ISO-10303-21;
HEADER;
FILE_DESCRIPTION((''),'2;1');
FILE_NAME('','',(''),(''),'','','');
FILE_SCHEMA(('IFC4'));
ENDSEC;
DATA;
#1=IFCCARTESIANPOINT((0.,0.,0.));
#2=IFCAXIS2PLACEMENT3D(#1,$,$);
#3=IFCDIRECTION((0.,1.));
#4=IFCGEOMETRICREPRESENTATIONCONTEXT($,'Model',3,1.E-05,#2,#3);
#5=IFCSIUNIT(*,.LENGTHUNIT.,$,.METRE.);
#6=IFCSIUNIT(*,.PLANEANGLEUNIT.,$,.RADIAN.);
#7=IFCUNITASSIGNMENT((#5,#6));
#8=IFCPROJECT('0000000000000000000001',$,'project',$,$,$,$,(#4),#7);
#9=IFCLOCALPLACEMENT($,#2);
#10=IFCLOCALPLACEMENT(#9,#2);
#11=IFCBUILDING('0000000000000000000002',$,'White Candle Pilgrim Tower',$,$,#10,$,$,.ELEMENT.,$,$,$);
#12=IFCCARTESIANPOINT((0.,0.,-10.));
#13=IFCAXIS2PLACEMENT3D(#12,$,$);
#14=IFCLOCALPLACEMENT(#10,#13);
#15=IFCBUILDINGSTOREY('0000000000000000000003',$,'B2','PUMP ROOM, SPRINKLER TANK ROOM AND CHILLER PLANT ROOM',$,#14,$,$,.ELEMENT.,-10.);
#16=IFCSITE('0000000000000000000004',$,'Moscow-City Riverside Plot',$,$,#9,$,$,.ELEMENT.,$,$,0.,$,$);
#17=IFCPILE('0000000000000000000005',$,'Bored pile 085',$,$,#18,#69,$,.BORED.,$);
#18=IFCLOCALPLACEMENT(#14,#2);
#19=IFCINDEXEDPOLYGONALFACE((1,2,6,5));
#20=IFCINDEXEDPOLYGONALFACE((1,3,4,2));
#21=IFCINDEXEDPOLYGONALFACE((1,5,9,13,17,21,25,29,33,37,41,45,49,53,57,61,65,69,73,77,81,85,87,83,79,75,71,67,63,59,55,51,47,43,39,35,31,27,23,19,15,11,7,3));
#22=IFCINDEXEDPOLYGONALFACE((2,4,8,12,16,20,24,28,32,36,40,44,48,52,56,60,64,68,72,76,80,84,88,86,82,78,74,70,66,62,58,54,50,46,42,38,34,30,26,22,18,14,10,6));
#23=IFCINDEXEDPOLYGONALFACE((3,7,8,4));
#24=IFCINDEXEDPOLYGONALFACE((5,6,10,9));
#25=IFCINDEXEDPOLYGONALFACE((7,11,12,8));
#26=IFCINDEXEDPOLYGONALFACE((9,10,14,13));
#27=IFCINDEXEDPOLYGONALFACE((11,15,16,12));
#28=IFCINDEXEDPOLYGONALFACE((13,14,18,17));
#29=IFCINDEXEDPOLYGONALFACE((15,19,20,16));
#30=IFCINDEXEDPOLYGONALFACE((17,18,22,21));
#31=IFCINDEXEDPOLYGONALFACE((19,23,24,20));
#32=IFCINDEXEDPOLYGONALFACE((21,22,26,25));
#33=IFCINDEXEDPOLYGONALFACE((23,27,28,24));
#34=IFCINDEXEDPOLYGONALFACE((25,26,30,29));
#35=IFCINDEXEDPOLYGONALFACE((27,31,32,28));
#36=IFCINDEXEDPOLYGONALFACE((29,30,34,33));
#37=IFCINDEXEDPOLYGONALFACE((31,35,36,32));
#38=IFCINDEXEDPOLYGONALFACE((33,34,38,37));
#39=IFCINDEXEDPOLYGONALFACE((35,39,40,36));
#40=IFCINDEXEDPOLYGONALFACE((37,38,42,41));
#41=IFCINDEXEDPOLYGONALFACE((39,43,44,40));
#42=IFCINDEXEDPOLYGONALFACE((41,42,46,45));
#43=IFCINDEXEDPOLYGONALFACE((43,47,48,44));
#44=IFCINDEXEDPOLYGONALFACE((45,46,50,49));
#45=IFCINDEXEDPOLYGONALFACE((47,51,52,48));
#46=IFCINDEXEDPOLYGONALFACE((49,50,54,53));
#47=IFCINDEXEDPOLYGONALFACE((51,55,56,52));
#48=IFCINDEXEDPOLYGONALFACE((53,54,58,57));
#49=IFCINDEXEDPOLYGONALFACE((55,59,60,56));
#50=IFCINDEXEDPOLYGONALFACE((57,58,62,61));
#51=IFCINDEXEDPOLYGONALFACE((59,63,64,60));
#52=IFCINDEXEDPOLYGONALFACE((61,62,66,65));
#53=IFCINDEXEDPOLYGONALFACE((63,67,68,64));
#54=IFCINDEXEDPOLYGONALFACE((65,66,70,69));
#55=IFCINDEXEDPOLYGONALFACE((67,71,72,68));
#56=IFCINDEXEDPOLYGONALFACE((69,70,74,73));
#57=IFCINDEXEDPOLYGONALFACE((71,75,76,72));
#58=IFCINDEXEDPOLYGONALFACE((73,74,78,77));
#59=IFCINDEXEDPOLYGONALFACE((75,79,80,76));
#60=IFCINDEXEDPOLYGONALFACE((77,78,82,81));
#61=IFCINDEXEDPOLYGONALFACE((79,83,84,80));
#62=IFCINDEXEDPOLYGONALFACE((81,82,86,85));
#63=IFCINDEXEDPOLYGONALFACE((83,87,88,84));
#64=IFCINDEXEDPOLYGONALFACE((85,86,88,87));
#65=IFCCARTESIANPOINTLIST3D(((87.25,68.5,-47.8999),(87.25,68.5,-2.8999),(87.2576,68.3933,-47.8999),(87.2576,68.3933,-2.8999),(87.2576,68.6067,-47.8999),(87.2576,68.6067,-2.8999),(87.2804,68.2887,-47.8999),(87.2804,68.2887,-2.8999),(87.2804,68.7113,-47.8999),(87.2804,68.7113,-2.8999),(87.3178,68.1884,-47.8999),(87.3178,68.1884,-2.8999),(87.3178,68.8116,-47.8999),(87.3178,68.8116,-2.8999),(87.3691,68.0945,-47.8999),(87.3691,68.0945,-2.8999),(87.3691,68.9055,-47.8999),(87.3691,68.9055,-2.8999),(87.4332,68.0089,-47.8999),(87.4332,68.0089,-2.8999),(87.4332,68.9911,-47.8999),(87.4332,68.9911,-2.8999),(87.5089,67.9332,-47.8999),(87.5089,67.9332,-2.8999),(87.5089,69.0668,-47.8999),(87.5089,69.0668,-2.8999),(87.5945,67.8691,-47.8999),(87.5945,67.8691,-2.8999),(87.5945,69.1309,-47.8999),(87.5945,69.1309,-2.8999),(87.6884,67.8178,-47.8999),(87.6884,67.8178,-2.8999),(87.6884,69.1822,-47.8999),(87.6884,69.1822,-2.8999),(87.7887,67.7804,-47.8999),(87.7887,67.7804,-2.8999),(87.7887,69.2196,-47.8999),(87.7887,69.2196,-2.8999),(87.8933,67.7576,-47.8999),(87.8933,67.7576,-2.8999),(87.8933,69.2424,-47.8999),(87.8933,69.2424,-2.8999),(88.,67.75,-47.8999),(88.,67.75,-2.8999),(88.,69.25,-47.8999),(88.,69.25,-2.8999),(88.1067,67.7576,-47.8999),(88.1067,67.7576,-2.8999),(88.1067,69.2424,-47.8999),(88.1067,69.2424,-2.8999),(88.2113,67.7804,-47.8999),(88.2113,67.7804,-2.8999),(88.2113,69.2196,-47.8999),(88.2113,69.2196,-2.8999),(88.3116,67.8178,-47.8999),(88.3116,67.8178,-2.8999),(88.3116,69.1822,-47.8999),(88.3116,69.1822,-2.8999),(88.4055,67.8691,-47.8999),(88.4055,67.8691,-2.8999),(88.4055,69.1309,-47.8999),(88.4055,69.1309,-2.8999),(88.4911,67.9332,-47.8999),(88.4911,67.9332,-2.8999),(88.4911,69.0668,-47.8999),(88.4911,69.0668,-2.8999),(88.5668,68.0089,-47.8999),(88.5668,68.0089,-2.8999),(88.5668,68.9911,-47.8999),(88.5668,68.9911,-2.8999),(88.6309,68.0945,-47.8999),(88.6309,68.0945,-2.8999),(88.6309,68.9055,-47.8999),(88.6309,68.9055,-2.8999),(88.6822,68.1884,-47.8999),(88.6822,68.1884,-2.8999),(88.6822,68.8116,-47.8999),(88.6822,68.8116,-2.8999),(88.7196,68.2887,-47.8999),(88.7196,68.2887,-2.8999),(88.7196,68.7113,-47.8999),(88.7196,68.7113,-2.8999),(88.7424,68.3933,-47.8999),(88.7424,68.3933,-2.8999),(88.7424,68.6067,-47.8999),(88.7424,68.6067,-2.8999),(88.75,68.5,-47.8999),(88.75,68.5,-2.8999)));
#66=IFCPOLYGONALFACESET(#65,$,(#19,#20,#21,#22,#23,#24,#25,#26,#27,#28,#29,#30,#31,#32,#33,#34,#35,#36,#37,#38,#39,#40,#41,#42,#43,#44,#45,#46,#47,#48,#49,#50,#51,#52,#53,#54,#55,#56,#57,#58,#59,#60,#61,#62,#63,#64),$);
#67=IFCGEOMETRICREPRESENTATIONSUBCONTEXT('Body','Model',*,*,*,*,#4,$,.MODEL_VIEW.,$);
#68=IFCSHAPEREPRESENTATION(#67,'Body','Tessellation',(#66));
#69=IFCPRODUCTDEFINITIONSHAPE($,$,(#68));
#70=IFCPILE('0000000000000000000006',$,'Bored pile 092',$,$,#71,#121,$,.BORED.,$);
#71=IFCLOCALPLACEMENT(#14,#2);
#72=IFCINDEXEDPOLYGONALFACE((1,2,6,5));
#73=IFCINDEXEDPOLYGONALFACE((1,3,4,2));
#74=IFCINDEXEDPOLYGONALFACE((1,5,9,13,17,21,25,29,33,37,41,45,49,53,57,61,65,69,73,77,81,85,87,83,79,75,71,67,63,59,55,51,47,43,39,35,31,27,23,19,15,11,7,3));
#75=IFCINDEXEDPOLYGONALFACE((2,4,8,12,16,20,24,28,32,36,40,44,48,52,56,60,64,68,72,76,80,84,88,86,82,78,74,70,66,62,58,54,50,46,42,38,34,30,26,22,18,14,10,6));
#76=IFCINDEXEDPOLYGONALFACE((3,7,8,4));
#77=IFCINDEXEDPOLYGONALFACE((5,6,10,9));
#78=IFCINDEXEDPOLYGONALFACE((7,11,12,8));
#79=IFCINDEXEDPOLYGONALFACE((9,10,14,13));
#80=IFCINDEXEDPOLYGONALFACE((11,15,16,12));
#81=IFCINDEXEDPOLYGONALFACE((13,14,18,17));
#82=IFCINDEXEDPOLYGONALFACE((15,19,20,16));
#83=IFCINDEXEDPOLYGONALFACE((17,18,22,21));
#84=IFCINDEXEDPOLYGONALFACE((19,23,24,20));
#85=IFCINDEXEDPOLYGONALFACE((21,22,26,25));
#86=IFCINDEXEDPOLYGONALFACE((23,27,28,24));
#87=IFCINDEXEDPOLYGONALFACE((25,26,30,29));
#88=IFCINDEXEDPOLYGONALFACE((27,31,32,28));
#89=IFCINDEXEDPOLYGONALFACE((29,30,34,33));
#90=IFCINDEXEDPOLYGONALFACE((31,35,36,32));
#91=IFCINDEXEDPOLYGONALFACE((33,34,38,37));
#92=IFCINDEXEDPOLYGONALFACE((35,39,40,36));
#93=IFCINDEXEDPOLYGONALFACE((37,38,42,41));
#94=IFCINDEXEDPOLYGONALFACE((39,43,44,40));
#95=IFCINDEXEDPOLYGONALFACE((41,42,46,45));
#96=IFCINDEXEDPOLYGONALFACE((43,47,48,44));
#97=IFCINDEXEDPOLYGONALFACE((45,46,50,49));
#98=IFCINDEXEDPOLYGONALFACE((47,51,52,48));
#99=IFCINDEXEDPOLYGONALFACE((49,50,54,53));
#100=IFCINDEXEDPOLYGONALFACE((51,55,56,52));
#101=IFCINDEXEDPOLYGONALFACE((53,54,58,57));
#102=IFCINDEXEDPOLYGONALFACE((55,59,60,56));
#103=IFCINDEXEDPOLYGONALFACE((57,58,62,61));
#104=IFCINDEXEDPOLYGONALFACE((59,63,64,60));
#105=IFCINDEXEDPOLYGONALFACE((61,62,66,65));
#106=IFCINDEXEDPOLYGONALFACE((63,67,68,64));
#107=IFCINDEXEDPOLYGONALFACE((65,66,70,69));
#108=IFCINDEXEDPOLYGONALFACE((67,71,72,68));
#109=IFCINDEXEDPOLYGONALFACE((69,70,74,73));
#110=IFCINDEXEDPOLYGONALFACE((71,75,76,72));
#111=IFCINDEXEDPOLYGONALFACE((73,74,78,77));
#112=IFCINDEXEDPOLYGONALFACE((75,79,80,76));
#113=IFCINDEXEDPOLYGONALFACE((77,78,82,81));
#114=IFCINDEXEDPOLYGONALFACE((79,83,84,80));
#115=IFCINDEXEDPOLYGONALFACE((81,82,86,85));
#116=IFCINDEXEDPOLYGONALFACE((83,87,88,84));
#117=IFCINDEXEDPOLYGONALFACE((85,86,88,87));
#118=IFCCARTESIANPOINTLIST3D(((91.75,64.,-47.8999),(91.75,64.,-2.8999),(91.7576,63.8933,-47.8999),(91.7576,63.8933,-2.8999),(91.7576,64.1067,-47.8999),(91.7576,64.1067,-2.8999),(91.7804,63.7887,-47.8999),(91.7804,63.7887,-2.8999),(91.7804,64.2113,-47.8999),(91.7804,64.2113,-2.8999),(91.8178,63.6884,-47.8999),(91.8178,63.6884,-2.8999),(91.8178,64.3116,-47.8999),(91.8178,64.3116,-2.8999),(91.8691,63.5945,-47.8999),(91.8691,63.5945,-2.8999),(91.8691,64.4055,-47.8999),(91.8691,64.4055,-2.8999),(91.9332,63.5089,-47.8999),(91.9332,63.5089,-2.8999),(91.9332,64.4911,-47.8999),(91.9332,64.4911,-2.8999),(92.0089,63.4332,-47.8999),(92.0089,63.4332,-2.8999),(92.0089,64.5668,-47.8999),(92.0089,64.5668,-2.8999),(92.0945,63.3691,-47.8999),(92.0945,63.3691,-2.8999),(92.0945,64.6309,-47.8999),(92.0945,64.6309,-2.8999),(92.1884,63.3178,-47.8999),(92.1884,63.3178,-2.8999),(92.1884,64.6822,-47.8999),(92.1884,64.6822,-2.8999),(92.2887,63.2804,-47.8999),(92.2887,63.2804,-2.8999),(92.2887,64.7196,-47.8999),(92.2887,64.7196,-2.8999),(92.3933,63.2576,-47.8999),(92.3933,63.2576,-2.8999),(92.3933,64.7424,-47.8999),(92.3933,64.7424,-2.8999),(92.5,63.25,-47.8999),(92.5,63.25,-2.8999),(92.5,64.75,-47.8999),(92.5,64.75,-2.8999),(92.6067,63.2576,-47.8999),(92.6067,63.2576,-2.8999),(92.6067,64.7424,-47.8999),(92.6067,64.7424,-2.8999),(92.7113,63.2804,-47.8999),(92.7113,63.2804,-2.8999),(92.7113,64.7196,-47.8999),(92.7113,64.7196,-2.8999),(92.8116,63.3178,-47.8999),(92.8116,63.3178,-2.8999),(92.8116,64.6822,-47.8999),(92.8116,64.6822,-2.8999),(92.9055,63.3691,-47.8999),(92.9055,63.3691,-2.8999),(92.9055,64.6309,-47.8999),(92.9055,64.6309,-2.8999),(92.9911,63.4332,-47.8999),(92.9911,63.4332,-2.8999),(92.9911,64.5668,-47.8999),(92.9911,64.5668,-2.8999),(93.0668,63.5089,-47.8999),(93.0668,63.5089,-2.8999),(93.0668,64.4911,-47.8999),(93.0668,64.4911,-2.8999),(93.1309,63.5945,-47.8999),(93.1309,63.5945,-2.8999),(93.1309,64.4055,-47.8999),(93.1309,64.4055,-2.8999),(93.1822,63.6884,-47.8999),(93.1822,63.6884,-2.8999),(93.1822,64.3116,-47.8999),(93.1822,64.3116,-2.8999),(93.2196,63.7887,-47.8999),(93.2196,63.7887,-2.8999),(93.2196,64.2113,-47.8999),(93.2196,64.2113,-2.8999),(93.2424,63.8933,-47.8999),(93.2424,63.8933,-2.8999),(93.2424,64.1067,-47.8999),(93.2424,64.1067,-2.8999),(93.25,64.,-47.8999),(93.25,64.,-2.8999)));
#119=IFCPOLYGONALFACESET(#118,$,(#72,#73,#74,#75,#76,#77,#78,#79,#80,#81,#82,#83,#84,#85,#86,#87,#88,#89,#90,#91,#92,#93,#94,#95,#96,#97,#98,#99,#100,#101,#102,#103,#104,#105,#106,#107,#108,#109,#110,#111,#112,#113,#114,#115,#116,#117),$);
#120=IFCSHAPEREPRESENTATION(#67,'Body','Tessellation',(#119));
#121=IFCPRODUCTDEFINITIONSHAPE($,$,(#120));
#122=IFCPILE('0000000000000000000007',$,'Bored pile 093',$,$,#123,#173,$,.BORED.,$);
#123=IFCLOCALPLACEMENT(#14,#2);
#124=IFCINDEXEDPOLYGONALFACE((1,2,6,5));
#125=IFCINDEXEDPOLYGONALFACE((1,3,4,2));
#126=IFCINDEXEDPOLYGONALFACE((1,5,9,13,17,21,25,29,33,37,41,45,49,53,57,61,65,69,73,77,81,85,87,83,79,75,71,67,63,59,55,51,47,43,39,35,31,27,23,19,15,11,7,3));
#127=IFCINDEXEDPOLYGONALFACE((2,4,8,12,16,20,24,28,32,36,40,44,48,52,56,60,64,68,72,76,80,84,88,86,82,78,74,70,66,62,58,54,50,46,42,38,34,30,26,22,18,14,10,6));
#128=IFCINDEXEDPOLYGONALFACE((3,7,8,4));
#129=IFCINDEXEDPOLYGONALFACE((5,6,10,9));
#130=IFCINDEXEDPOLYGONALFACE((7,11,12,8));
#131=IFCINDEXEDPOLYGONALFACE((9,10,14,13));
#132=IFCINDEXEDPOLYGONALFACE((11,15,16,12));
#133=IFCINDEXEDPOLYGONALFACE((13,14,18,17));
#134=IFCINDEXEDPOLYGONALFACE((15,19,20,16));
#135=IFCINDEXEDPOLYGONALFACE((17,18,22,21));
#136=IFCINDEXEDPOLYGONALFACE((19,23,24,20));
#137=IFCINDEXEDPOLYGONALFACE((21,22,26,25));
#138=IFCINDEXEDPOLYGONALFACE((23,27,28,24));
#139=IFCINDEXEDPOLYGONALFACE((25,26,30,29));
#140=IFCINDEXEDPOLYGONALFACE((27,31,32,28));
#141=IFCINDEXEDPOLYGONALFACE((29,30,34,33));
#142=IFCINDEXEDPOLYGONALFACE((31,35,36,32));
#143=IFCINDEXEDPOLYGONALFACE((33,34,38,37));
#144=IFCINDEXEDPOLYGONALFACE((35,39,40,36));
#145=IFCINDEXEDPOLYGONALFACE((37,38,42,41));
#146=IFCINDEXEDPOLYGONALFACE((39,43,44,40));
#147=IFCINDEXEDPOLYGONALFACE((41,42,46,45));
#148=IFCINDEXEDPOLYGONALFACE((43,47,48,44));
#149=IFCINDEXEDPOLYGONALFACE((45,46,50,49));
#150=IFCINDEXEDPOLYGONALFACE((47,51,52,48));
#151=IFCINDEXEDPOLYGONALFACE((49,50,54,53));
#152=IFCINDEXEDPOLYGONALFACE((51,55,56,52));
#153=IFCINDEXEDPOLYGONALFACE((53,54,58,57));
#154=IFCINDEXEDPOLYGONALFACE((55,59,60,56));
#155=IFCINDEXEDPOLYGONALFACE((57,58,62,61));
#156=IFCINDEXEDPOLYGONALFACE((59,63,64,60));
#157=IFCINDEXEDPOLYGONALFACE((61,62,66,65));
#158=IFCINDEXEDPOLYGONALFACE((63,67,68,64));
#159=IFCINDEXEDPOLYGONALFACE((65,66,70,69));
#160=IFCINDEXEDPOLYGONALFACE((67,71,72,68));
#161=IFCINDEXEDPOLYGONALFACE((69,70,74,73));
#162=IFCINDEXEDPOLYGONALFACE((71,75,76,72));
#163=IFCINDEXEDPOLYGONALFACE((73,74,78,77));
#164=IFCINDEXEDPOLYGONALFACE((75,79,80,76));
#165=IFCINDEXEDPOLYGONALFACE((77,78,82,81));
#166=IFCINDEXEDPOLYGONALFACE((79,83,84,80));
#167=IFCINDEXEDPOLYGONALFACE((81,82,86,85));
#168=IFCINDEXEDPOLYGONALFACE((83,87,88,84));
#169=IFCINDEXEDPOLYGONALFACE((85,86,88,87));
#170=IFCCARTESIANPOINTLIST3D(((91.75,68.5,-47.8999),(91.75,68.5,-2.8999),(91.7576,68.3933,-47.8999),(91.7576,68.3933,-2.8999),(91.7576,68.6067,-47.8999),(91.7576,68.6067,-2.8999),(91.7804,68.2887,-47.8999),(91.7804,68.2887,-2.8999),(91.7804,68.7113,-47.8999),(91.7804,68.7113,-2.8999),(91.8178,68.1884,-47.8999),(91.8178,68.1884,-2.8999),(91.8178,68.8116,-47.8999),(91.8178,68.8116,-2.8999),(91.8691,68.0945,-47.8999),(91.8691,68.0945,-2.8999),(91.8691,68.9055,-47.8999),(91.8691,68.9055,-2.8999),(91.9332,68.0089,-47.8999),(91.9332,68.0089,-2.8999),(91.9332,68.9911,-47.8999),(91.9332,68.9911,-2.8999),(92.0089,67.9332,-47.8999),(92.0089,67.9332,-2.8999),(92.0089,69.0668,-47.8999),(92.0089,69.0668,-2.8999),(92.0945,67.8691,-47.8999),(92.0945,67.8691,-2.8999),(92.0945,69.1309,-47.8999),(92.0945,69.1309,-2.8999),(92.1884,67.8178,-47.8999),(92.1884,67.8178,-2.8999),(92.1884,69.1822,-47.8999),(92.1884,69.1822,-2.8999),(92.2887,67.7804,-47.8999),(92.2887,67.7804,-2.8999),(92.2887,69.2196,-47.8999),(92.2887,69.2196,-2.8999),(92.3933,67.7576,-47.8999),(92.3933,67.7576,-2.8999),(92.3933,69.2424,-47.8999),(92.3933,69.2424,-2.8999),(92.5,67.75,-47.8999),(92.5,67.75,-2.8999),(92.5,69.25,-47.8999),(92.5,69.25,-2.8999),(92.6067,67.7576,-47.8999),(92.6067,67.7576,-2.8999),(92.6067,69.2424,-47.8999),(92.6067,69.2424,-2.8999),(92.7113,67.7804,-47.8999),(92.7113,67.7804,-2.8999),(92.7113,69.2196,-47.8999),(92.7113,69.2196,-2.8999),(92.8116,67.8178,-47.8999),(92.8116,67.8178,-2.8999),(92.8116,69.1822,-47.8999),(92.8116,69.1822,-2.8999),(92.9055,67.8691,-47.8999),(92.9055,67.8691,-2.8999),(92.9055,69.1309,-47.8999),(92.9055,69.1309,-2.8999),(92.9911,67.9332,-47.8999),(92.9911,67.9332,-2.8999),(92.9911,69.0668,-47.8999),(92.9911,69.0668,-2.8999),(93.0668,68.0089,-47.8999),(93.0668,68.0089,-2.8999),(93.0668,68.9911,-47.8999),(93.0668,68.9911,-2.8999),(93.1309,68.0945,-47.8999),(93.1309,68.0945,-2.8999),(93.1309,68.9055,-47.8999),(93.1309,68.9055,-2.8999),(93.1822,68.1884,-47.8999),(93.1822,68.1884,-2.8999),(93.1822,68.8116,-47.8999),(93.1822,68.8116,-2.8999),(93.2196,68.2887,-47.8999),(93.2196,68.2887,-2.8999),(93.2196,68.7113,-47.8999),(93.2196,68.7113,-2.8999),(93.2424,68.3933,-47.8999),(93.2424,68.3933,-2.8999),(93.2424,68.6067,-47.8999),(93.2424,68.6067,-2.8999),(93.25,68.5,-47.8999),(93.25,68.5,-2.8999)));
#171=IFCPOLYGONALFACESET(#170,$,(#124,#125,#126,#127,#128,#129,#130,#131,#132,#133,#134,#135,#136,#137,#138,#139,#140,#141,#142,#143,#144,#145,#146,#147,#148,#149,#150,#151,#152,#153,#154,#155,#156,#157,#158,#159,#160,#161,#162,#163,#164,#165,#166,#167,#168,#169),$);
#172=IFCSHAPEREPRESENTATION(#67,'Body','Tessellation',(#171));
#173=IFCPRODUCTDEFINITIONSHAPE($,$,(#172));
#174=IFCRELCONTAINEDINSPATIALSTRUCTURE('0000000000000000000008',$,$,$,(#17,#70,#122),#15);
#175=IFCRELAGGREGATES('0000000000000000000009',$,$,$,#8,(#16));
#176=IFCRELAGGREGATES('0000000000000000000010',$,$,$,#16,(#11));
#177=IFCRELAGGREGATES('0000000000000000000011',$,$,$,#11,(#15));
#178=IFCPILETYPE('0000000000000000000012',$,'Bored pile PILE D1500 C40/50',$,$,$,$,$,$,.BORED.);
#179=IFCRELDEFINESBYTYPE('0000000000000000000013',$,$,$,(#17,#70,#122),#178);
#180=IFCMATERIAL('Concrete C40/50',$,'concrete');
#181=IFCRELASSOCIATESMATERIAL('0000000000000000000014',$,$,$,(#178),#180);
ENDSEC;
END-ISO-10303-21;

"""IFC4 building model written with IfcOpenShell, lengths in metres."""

from ifc_helpers import new_model, si_unit, direction, frame, origin, origin_2d, place, context, subcontext, project, spatial, circle, extrude, material, material_profile, profile_set, type_object, element, save


model = new_model("IFC4")

# Units and contexts
model_context = context("Model", 3, precision=1e-05, world=origin(), true_north=direction((0.0, 1.0)))
body_context = subcontext(model_context, "Body", "Model", "MODEL_VIEW")
ifc_project = project(units=[si_unit("LENGTHUNIT", "METRE"), si_unit("PLANEANGLEUNIT", "RADIAN")], contexts=[model_context])

# Site, building, storey
site_placement = place(None, origin())
site = spatial("IfcSite", under=ifc_project, at=site_placement, Name="Moscow-City Riverside Plot", CompositionType="ELEMENT", RefElevation=0.0)
building_placement = place(site_placement, origin())
building = spatial("IfcBuilding", under=site, at=building_placement, Name="White Candle Pilgrim Tower", CompositionType="ELEMENT")
storey_placement = place(building_placement, frame((0.0, 0.0, -10.0)))
storey = spatial("IfcBuildingStorey", under=building, at=storey_placement, Name="B2", Description="PUMP ROOM, SPRINKLER TANK ROOM AND CHILLER PLANT ROOM", CompositionType="ELEMENT", Elevation=-10.0)

# Piles
ifc_material_1 = material(Name="Concrete C40/50", Category="concrete")
ifc_material_profile_1 = material_profile(ifc_material_1, circle(Radius=0.75, at=origin_2d()), Name="PILE D1500")
ifc_profile_set_1 = profile_set([ifc_material_profile_1], Name="Concrete C40/50")
pile_type_1 = type_object("IfcPileType", Name="Bored pile PILE D1500 C40/50", PredefinedType="BORED", material=ifc_profile_set_1)
for number, where, z_axis, x_axis, name in (
    (1, (88.0, 68.5, -2.8999), (0.0, 0.0, -1.0), (1.0, 0.0, 0.0), "Bored pile 085"),
    (2, (92.5, 64.0, -2.8999), (0.0, 0.0, -1.0), (1.0, 0.0, 0.0), "Bored pile 092"),
    (3, (92.5, 68.5, -2.8999), (0.0, 0.0, -1.0), (1.0, 0.0, 0.0), "Bored pile 093"),
):
    element("IfcPile", number, at=place(storey_placement, frame(where, z_axis=z_axis, x_axis=x_axis)), inside=storey, type_object=pile_type_1, Name=name, PredefinedType="BORED", context=body_context, shape_type="SweptSolid", body=[
        extrude(circle(Radius=0.75, at=origin_2d()), origin(), (0.0, 0.0, 1.0), 45.0),
    ])

save(model, "model.ifc")
